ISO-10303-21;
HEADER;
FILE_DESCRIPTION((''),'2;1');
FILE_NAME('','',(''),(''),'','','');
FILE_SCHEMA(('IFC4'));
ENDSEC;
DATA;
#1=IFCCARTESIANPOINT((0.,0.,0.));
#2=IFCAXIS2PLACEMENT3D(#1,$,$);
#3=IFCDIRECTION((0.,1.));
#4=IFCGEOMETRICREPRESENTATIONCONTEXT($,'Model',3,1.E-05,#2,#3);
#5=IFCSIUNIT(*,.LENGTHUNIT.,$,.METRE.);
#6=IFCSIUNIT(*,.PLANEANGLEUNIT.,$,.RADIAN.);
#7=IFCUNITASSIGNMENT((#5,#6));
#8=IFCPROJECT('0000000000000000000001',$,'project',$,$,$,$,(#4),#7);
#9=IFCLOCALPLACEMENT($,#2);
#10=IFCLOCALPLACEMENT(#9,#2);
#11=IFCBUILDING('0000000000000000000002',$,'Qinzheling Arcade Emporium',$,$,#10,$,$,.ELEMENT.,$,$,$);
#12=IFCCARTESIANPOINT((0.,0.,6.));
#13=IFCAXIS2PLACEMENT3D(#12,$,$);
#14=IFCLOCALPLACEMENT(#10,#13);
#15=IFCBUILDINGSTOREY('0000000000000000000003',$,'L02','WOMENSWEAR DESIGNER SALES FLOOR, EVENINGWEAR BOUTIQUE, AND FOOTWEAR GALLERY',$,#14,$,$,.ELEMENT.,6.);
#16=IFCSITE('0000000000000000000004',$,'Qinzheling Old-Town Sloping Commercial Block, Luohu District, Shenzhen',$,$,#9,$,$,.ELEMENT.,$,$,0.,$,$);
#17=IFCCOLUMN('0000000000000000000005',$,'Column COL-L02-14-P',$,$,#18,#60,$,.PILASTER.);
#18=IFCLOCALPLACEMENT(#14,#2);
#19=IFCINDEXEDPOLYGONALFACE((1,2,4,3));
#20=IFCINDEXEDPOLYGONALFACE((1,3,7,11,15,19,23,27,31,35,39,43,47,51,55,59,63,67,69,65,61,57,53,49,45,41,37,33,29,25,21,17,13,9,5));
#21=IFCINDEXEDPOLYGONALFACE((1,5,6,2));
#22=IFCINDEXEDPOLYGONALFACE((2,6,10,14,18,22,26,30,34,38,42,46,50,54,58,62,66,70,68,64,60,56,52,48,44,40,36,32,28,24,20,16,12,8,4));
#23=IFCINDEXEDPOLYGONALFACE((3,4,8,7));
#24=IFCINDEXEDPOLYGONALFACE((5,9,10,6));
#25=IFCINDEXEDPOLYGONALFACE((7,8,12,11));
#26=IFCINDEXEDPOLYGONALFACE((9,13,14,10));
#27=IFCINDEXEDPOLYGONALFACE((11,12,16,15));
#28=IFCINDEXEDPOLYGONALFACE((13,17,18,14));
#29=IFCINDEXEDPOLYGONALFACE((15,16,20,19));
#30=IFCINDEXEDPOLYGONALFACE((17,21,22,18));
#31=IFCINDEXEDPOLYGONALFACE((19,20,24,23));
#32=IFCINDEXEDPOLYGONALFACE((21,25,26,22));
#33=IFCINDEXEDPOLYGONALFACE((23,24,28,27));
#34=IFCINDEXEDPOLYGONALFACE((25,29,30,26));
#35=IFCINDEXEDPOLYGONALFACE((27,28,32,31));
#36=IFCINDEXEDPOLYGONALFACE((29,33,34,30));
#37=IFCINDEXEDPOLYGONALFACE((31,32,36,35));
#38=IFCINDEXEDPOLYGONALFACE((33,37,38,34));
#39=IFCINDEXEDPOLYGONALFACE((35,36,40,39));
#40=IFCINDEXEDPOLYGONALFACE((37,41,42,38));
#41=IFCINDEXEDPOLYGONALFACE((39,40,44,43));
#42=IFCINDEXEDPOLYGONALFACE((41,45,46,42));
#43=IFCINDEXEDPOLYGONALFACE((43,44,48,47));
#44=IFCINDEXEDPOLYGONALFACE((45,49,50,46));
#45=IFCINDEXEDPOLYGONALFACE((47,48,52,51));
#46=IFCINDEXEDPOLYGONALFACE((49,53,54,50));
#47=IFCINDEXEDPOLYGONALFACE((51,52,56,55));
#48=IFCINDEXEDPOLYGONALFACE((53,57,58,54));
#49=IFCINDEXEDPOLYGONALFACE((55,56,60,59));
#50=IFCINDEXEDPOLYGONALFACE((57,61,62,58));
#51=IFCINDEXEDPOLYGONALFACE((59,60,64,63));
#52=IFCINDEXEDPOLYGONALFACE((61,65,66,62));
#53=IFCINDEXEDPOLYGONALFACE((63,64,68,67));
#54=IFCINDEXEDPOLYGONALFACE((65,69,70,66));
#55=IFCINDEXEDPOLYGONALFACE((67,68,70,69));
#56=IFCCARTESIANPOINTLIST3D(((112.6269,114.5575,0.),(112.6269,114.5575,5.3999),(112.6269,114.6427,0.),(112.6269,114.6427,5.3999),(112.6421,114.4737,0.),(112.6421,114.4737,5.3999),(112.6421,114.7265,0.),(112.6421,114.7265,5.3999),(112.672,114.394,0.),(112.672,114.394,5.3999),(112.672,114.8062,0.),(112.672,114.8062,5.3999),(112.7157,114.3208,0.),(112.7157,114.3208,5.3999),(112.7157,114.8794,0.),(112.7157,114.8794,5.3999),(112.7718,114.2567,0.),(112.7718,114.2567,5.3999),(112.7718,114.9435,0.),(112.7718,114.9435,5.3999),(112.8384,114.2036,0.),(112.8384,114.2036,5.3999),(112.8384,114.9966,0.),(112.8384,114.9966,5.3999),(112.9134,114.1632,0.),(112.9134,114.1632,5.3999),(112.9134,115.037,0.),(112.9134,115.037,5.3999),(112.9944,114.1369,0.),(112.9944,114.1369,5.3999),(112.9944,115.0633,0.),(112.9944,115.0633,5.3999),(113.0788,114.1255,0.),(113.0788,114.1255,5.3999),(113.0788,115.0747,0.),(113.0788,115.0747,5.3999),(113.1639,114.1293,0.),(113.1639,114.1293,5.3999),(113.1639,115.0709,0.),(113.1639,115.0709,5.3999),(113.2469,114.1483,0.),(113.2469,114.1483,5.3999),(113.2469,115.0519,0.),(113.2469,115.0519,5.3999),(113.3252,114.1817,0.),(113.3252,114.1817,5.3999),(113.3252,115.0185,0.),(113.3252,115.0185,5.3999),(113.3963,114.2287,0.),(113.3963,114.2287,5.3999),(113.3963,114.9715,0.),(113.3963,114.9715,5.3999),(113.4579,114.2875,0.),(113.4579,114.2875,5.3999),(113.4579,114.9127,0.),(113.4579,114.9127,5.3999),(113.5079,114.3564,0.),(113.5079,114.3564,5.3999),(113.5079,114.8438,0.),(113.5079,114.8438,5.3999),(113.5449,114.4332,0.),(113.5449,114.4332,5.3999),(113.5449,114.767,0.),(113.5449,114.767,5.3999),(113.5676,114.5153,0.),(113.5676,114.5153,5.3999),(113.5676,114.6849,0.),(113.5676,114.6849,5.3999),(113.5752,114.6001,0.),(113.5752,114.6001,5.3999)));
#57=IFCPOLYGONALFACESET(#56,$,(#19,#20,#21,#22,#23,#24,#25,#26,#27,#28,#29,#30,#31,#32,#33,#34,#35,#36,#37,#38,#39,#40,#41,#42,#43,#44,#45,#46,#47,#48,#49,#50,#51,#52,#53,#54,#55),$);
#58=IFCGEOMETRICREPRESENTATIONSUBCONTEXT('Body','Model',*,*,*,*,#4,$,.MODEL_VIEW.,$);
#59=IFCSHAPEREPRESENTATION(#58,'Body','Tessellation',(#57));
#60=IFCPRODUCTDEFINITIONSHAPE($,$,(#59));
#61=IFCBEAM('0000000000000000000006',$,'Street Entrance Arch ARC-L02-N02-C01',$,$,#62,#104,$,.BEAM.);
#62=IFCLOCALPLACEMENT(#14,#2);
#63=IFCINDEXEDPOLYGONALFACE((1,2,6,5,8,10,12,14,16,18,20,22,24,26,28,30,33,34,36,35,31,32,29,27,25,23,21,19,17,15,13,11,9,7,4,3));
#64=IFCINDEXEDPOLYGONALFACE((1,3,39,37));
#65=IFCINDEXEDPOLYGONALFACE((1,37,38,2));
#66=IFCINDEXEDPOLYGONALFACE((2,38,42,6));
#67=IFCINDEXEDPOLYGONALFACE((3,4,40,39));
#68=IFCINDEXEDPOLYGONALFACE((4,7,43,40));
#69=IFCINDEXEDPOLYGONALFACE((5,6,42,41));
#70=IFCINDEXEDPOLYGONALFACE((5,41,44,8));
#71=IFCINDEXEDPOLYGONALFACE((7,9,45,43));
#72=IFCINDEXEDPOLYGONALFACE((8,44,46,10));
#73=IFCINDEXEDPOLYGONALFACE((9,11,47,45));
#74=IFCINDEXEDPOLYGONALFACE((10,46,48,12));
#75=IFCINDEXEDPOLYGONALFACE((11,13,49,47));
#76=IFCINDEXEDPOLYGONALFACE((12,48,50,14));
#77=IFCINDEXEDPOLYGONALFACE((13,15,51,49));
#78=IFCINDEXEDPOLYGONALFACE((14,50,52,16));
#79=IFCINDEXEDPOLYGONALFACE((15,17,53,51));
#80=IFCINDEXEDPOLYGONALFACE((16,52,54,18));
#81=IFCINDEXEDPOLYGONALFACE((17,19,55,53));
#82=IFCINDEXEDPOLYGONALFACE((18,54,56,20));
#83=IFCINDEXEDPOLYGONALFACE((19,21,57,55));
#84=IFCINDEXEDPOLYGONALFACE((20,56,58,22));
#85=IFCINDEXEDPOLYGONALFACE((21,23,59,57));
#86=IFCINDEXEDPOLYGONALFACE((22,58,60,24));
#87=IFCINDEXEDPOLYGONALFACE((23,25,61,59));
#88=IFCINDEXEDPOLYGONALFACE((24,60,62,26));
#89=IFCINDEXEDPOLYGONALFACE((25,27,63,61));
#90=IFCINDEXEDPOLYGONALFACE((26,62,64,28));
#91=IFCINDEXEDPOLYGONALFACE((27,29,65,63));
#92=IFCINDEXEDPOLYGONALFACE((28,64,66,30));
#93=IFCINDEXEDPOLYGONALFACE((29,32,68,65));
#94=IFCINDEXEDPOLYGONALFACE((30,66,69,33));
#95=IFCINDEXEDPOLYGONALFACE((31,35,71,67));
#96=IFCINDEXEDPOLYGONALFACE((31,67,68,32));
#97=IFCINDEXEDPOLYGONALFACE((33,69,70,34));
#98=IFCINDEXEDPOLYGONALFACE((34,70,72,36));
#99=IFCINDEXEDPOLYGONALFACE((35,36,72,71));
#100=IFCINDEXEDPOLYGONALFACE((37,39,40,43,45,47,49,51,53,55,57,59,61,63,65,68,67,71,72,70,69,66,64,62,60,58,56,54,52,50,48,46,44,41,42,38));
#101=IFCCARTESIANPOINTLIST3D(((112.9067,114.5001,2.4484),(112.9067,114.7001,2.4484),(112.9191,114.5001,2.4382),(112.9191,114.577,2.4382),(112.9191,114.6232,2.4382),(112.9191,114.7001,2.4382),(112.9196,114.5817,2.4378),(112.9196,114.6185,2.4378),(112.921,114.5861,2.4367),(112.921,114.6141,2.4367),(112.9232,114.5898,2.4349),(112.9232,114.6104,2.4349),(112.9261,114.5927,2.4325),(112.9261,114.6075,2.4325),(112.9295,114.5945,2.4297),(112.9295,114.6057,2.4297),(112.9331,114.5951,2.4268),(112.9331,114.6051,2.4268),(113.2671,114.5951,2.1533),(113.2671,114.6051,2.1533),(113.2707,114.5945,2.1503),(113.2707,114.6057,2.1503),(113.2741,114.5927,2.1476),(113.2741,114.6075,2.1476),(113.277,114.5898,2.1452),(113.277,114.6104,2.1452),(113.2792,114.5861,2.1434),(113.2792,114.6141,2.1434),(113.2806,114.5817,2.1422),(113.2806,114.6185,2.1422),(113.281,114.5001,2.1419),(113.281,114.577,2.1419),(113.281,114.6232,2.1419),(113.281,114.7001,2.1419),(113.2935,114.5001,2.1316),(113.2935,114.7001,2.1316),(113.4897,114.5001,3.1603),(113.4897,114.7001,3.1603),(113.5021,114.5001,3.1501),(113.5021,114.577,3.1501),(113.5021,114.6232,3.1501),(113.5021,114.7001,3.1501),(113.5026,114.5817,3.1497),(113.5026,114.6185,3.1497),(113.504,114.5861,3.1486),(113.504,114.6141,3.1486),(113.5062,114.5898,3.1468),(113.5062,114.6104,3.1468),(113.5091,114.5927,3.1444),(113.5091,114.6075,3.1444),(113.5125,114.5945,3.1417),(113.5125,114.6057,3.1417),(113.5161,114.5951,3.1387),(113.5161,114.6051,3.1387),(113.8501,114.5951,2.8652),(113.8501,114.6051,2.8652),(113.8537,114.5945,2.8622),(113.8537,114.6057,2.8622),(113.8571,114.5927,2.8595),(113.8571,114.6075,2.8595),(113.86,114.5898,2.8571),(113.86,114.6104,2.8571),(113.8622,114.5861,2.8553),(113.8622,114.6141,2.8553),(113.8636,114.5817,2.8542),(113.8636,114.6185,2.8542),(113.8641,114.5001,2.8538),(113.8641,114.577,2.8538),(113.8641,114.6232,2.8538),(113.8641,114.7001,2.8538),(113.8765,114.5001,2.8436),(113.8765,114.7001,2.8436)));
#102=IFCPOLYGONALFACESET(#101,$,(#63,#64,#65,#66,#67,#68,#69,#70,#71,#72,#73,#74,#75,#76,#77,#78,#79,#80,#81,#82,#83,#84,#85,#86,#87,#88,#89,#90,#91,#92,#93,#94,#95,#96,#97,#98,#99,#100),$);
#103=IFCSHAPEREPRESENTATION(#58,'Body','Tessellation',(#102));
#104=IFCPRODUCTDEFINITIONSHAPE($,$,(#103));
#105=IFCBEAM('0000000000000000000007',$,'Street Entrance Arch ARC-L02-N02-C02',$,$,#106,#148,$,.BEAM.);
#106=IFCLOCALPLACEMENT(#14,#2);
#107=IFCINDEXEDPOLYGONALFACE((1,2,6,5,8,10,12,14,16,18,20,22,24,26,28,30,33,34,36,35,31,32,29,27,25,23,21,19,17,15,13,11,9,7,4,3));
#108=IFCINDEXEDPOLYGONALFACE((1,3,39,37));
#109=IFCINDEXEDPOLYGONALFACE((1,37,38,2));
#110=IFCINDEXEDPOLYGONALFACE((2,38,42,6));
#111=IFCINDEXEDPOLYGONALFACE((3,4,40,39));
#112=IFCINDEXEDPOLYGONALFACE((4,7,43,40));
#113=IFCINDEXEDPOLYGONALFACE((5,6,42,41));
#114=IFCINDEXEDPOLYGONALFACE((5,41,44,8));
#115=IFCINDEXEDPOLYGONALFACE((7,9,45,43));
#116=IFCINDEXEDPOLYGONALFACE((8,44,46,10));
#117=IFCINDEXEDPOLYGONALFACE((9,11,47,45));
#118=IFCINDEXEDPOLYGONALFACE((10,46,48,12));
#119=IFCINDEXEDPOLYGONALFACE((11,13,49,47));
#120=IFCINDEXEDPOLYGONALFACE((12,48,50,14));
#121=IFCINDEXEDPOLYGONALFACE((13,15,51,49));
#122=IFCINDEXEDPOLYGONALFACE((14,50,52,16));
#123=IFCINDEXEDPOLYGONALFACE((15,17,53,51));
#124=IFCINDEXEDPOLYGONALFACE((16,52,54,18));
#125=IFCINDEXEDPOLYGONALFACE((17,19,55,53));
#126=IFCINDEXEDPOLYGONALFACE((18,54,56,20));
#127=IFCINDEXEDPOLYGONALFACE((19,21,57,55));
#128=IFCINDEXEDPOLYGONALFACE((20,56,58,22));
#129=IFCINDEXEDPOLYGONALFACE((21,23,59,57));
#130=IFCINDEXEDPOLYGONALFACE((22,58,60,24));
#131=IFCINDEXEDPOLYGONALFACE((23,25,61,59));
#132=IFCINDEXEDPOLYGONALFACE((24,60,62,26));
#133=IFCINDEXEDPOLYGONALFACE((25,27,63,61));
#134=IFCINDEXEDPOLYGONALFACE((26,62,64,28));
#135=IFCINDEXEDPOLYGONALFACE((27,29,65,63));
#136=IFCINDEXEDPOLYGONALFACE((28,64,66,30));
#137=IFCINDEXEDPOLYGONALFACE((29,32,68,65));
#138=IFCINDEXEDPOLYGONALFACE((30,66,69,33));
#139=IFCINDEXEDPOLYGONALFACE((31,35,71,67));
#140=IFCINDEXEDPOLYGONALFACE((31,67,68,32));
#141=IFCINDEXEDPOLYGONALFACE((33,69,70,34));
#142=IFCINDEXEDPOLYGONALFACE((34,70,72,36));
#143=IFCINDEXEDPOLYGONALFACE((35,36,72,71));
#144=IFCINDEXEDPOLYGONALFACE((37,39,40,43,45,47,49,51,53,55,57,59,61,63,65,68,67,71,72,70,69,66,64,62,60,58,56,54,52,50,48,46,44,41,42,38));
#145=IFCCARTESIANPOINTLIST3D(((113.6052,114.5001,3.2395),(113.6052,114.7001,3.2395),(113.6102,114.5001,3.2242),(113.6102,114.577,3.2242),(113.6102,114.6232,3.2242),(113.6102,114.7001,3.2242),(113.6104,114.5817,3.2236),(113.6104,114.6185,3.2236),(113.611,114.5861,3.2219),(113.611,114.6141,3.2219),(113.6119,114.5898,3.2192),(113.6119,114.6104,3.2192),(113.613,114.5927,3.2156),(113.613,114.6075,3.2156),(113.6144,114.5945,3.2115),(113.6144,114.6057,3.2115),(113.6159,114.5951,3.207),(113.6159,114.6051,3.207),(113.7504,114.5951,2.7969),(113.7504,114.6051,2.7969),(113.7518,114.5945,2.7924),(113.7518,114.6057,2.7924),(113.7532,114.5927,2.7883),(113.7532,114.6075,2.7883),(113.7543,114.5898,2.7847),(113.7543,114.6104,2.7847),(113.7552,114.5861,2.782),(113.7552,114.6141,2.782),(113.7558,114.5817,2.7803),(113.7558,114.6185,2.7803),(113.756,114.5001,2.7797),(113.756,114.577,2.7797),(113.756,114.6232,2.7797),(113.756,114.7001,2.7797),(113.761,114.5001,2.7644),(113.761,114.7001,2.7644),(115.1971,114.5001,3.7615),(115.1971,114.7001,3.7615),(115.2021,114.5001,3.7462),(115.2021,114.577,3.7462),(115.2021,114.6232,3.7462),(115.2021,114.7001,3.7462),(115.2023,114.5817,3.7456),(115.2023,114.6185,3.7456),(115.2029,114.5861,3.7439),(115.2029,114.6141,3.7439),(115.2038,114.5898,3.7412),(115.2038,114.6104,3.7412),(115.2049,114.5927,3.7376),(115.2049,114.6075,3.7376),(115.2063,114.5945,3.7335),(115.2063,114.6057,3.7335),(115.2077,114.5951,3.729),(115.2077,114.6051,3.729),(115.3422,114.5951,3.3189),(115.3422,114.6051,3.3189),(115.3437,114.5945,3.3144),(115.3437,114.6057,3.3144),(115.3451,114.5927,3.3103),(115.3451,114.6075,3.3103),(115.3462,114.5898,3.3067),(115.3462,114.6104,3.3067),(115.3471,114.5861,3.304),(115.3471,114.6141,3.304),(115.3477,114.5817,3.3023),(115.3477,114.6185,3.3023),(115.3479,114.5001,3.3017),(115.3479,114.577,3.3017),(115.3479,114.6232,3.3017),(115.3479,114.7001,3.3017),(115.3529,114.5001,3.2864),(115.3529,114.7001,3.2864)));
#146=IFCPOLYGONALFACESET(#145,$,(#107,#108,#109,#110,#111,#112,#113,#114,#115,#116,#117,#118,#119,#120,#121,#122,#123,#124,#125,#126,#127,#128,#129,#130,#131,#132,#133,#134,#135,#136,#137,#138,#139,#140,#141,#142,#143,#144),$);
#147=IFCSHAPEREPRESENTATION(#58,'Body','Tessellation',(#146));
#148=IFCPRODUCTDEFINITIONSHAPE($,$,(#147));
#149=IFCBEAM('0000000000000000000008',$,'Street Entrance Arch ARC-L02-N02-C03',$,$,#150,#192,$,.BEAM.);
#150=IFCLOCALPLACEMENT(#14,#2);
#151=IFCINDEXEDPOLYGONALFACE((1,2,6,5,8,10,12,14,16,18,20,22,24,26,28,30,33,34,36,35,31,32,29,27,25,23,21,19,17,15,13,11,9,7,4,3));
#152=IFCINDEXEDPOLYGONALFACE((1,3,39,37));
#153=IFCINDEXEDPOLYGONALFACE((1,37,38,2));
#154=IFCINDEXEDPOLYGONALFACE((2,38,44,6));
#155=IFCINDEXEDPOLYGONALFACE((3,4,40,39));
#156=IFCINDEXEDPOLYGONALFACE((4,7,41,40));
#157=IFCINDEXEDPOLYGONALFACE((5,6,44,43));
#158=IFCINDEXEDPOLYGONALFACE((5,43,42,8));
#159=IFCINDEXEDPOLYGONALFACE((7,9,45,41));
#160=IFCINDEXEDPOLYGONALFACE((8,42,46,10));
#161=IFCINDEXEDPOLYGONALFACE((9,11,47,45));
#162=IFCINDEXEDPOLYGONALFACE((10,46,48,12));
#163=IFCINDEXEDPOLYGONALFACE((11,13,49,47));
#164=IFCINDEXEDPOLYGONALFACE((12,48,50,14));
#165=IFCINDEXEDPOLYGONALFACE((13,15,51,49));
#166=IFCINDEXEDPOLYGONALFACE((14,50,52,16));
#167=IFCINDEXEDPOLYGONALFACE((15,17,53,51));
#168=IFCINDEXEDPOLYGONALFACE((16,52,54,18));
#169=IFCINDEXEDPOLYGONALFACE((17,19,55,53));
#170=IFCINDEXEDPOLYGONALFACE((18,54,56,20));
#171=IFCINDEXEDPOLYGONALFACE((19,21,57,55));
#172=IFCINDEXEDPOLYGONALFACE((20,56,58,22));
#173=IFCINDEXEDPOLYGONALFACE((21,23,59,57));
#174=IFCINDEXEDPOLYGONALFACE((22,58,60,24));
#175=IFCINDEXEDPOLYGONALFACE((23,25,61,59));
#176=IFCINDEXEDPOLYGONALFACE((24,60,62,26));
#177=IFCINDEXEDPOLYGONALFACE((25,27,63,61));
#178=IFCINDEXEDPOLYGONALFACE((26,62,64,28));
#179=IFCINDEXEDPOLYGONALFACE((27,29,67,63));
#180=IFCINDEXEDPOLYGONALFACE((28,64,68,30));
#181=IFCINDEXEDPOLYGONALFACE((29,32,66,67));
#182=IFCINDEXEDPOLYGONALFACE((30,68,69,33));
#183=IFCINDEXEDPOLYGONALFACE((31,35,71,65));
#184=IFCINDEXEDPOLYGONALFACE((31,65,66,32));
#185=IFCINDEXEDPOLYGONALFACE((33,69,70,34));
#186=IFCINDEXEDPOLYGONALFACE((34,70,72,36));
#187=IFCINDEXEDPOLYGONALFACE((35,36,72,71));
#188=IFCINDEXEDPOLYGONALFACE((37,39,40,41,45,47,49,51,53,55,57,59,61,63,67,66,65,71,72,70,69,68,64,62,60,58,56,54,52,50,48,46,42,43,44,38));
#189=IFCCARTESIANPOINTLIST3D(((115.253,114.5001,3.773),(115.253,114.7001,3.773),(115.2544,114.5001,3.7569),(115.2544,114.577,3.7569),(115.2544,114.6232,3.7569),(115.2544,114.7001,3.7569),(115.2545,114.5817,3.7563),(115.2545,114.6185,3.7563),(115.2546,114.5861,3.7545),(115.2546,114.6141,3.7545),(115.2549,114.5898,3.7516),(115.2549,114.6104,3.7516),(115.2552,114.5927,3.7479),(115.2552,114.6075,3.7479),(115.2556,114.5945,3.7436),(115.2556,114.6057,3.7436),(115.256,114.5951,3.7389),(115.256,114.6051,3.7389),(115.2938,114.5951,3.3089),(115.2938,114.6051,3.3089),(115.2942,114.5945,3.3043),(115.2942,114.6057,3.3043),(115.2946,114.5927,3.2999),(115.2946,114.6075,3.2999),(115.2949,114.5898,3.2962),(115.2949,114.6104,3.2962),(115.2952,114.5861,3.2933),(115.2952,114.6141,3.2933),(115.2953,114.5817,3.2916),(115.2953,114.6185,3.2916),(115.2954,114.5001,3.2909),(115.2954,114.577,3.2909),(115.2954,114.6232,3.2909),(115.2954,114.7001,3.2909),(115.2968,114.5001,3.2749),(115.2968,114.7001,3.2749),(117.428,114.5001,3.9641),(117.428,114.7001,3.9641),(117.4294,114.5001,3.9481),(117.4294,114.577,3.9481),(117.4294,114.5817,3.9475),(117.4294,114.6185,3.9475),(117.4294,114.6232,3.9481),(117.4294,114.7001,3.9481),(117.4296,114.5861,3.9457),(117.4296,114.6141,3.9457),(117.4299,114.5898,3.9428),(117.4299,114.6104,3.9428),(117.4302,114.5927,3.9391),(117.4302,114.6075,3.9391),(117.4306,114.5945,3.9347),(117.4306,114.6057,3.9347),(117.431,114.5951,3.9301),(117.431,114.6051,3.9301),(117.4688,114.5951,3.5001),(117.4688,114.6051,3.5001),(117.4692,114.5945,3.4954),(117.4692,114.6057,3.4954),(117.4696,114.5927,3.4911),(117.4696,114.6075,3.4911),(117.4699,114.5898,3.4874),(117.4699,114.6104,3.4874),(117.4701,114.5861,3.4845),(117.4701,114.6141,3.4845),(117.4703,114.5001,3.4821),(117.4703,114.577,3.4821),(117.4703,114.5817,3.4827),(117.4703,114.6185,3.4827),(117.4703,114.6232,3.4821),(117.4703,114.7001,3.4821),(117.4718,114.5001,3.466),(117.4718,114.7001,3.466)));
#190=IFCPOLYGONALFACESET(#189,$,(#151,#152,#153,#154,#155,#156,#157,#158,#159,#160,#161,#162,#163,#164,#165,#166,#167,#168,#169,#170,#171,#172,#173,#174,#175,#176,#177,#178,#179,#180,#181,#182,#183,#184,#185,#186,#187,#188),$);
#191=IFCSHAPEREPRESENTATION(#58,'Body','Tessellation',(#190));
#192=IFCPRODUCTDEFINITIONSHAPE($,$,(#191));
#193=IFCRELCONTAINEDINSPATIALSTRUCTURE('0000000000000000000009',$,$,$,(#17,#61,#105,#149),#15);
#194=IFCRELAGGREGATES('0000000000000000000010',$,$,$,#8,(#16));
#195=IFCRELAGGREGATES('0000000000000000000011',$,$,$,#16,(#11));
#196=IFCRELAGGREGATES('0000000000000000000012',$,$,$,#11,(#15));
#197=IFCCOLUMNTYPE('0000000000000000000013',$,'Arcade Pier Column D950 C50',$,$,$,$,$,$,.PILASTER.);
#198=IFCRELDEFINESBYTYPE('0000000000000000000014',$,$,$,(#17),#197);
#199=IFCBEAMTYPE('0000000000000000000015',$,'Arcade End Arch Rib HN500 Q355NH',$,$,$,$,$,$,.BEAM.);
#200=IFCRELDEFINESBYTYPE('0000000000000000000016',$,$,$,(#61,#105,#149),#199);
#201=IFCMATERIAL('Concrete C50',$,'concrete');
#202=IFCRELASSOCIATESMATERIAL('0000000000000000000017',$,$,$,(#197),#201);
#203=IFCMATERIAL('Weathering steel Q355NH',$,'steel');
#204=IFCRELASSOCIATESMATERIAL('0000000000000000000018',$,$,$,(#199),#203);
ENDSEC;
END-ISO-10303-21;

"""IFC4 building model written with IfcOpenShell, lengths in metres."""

from ifc_helpers import new_model, si_unit, direction, frame, origin, origin_2d, place, context, subcontext, project, spatial, circle, i_section, extrude, material, material_profile, profile_set, type_object, element, save


model = new_model("IFC4")

# Units and contexts
model_context = context("Model", 3, precision=1e-05, world=origin(), true_north=direction((0.0, 1.0)))
body_context = subcontext(model_context, "Body", "Model", "MODEL_VIEW")
ifc_project = project(units=[si_unit("LENGTHUNIT", "METRE"), si_unit("PLANEANGLEUNIT", "RADIAN")], contexts=[model_context])

# Site, building, storey
site_placement = place(None, origin())
site = spatial("IfcSite", under=ifc_project, at=site_placement, Name="Qinzheling Old-Town Sloping Commercial Block, Luohu District, Shenzhen", CompositionType="ELEMENT", RefElevation=0.0)
building_placement = place(site_placement, origin())
building = spatial("IfcBuilding", under=site, at=building_placement, Name="Qinzheling Arcade Emporium", CompositionType="ELEMENT")
storey_placement = place(building_placement, frame((0.0, 0.0, 6.0)))
storey = spatial("IfcBuildingStorey", under=building, at=storey_placement, Name="L02", Description="WOMENSWEAR DESIGNER SALES FLOOR, EVENINGWEAR BOUTIQUE, AND FOOTWEAR GALLERY", CompositionType="ELEMENT", Elevation=6.0)

# Column
ifc_material_1 = material(Name="Concrete C50", Category="concrete")
ifc_material_profile_1 = material_profile(ifc_material_1, circle(Radius=0.4751, at=origin_2d()), Name="RC D950", Category="concrete")
ifc_profile_set_1 = profile_set([ifc_material_profile_1], Name="Concrete C50")
column_type = type_object("IfcColumnType", Name="Arcade Pier Column D950 C50", PredefinedType="PILASTER", material=ifc_profile_set_1)
column_placement = place(storey_placement, frame((113.1001, 114.6001, 0.0), z_axis=(0.0, 0.0, 1.0), x_axis=(1.0, 0.0, 0.0)))
element("IfcColumn", 1, at=column_placement, inside=storey, type_object=column_type, Name="Column COL-L02-14-P", PredefinedType="PILASTER", context=body_context, shape_type="SweptSolid", body=[
    extrude(circle(Radius=0.4751, at=origin_2d()), origin(), (0.0, 0.0, 1.0), 5.3999),
])

# Beams
ifc_material_2 = material(Name="Weathering steel Q355NH", Category="steel")
ifc_material_profile_2 = material_profile(ifc_material_2, i_section(OverallWidth=0.2, OverallDepth=0.5, WebThickness=0.01, FlangeThickness=0.0161, FilletRadius=0.0181, at=origin_2d()), Name="HN 500x200x10x16", Category="steel")
ifc_profile_set_2 = profile_set([ifc_material_profile_2], Name="Weathering steel Q355NH")
beam_type_1 = type_object("IfcBeamType", Name="Arcade End Arch Rib HN500 Q355NH", PredefinedType="BEAM", material=ifc_profile_set_2)
beam_1_placement = place(storey_placement, frame((113.1001, 114.6001, 2.29), z_axis=(0.633584, 0.0, 0.773674), x_axis=(0.0, 1.0, 0.0)))
element("IfcBeam", 2, at=beam_1_placement, inside=storey, type_object=beam_type_1, Name="Street Entrance Arch ARC-L02-N02-C01", PredefinedType="BEAM", context=body_context, shape_type="SweptSolid", body=[
    extrude(i_section(OverallWidth=0.2, OverallDepth=0.5, WebThickness=0.01, FlangeThickness=0.0161, FilletRadius=0.0181, at=origin_2d()), origin(), (0.0, 0.0, 1.0), 0.9202),
])
beam_2_placement = place(storey_placement, frame((113.6831, 114.6001, 3.002), z_axis=(0.950217, 0.0, 0.311589), x_axis=(0.0, 1.0, 0.0)))
element("IfcBeam", 3, at=beam_2_placement, inside=storey, type_object=beam_type_1, Name="Street Entrance Arch ARC-L02-N02-C02", PredefinedType="BEAM", context=body_context, shape_type="SweptSolid", body=[
    extrude(i_section(OverallWidth=0.2, OverallDepth=0.5, WebThickness=0.01, FlangeThickness=0.0161, FilletRadius=0.0181, at=origin_2d()), origin(), (0.0, 0.0, 1.0), 1.6753),
])
for number, where, z_axis, x_axis, name in (
    (4, (115.2749, 114.6001, 3.5239), (0.99616, 0.0, 0.087551), (0.0, 1.0, 0.0), "Street Entrance Arch ARC-L02-N02-C03"),
):
    element("IfcBeam", number, at=place(storey_placement, frame(where, z_axis=z_axis, x_axis=x_axis)), inside=storey, type_object=beam_type_1, Name=name, PredefinedType="BEAM", context=body_context, shape_type="SweptSolid", body=[
        extrude(i_section(OverallWidth=0.2, OverallDepth=0.5, WebThickness=0.01, FlangeThickness=0.0161, FilletRadius=0.0181, at=origin_2d()), origin(), (0.0, 0.0, 1.0), 2.1833),
    ])

save(model, "model.ifc")
